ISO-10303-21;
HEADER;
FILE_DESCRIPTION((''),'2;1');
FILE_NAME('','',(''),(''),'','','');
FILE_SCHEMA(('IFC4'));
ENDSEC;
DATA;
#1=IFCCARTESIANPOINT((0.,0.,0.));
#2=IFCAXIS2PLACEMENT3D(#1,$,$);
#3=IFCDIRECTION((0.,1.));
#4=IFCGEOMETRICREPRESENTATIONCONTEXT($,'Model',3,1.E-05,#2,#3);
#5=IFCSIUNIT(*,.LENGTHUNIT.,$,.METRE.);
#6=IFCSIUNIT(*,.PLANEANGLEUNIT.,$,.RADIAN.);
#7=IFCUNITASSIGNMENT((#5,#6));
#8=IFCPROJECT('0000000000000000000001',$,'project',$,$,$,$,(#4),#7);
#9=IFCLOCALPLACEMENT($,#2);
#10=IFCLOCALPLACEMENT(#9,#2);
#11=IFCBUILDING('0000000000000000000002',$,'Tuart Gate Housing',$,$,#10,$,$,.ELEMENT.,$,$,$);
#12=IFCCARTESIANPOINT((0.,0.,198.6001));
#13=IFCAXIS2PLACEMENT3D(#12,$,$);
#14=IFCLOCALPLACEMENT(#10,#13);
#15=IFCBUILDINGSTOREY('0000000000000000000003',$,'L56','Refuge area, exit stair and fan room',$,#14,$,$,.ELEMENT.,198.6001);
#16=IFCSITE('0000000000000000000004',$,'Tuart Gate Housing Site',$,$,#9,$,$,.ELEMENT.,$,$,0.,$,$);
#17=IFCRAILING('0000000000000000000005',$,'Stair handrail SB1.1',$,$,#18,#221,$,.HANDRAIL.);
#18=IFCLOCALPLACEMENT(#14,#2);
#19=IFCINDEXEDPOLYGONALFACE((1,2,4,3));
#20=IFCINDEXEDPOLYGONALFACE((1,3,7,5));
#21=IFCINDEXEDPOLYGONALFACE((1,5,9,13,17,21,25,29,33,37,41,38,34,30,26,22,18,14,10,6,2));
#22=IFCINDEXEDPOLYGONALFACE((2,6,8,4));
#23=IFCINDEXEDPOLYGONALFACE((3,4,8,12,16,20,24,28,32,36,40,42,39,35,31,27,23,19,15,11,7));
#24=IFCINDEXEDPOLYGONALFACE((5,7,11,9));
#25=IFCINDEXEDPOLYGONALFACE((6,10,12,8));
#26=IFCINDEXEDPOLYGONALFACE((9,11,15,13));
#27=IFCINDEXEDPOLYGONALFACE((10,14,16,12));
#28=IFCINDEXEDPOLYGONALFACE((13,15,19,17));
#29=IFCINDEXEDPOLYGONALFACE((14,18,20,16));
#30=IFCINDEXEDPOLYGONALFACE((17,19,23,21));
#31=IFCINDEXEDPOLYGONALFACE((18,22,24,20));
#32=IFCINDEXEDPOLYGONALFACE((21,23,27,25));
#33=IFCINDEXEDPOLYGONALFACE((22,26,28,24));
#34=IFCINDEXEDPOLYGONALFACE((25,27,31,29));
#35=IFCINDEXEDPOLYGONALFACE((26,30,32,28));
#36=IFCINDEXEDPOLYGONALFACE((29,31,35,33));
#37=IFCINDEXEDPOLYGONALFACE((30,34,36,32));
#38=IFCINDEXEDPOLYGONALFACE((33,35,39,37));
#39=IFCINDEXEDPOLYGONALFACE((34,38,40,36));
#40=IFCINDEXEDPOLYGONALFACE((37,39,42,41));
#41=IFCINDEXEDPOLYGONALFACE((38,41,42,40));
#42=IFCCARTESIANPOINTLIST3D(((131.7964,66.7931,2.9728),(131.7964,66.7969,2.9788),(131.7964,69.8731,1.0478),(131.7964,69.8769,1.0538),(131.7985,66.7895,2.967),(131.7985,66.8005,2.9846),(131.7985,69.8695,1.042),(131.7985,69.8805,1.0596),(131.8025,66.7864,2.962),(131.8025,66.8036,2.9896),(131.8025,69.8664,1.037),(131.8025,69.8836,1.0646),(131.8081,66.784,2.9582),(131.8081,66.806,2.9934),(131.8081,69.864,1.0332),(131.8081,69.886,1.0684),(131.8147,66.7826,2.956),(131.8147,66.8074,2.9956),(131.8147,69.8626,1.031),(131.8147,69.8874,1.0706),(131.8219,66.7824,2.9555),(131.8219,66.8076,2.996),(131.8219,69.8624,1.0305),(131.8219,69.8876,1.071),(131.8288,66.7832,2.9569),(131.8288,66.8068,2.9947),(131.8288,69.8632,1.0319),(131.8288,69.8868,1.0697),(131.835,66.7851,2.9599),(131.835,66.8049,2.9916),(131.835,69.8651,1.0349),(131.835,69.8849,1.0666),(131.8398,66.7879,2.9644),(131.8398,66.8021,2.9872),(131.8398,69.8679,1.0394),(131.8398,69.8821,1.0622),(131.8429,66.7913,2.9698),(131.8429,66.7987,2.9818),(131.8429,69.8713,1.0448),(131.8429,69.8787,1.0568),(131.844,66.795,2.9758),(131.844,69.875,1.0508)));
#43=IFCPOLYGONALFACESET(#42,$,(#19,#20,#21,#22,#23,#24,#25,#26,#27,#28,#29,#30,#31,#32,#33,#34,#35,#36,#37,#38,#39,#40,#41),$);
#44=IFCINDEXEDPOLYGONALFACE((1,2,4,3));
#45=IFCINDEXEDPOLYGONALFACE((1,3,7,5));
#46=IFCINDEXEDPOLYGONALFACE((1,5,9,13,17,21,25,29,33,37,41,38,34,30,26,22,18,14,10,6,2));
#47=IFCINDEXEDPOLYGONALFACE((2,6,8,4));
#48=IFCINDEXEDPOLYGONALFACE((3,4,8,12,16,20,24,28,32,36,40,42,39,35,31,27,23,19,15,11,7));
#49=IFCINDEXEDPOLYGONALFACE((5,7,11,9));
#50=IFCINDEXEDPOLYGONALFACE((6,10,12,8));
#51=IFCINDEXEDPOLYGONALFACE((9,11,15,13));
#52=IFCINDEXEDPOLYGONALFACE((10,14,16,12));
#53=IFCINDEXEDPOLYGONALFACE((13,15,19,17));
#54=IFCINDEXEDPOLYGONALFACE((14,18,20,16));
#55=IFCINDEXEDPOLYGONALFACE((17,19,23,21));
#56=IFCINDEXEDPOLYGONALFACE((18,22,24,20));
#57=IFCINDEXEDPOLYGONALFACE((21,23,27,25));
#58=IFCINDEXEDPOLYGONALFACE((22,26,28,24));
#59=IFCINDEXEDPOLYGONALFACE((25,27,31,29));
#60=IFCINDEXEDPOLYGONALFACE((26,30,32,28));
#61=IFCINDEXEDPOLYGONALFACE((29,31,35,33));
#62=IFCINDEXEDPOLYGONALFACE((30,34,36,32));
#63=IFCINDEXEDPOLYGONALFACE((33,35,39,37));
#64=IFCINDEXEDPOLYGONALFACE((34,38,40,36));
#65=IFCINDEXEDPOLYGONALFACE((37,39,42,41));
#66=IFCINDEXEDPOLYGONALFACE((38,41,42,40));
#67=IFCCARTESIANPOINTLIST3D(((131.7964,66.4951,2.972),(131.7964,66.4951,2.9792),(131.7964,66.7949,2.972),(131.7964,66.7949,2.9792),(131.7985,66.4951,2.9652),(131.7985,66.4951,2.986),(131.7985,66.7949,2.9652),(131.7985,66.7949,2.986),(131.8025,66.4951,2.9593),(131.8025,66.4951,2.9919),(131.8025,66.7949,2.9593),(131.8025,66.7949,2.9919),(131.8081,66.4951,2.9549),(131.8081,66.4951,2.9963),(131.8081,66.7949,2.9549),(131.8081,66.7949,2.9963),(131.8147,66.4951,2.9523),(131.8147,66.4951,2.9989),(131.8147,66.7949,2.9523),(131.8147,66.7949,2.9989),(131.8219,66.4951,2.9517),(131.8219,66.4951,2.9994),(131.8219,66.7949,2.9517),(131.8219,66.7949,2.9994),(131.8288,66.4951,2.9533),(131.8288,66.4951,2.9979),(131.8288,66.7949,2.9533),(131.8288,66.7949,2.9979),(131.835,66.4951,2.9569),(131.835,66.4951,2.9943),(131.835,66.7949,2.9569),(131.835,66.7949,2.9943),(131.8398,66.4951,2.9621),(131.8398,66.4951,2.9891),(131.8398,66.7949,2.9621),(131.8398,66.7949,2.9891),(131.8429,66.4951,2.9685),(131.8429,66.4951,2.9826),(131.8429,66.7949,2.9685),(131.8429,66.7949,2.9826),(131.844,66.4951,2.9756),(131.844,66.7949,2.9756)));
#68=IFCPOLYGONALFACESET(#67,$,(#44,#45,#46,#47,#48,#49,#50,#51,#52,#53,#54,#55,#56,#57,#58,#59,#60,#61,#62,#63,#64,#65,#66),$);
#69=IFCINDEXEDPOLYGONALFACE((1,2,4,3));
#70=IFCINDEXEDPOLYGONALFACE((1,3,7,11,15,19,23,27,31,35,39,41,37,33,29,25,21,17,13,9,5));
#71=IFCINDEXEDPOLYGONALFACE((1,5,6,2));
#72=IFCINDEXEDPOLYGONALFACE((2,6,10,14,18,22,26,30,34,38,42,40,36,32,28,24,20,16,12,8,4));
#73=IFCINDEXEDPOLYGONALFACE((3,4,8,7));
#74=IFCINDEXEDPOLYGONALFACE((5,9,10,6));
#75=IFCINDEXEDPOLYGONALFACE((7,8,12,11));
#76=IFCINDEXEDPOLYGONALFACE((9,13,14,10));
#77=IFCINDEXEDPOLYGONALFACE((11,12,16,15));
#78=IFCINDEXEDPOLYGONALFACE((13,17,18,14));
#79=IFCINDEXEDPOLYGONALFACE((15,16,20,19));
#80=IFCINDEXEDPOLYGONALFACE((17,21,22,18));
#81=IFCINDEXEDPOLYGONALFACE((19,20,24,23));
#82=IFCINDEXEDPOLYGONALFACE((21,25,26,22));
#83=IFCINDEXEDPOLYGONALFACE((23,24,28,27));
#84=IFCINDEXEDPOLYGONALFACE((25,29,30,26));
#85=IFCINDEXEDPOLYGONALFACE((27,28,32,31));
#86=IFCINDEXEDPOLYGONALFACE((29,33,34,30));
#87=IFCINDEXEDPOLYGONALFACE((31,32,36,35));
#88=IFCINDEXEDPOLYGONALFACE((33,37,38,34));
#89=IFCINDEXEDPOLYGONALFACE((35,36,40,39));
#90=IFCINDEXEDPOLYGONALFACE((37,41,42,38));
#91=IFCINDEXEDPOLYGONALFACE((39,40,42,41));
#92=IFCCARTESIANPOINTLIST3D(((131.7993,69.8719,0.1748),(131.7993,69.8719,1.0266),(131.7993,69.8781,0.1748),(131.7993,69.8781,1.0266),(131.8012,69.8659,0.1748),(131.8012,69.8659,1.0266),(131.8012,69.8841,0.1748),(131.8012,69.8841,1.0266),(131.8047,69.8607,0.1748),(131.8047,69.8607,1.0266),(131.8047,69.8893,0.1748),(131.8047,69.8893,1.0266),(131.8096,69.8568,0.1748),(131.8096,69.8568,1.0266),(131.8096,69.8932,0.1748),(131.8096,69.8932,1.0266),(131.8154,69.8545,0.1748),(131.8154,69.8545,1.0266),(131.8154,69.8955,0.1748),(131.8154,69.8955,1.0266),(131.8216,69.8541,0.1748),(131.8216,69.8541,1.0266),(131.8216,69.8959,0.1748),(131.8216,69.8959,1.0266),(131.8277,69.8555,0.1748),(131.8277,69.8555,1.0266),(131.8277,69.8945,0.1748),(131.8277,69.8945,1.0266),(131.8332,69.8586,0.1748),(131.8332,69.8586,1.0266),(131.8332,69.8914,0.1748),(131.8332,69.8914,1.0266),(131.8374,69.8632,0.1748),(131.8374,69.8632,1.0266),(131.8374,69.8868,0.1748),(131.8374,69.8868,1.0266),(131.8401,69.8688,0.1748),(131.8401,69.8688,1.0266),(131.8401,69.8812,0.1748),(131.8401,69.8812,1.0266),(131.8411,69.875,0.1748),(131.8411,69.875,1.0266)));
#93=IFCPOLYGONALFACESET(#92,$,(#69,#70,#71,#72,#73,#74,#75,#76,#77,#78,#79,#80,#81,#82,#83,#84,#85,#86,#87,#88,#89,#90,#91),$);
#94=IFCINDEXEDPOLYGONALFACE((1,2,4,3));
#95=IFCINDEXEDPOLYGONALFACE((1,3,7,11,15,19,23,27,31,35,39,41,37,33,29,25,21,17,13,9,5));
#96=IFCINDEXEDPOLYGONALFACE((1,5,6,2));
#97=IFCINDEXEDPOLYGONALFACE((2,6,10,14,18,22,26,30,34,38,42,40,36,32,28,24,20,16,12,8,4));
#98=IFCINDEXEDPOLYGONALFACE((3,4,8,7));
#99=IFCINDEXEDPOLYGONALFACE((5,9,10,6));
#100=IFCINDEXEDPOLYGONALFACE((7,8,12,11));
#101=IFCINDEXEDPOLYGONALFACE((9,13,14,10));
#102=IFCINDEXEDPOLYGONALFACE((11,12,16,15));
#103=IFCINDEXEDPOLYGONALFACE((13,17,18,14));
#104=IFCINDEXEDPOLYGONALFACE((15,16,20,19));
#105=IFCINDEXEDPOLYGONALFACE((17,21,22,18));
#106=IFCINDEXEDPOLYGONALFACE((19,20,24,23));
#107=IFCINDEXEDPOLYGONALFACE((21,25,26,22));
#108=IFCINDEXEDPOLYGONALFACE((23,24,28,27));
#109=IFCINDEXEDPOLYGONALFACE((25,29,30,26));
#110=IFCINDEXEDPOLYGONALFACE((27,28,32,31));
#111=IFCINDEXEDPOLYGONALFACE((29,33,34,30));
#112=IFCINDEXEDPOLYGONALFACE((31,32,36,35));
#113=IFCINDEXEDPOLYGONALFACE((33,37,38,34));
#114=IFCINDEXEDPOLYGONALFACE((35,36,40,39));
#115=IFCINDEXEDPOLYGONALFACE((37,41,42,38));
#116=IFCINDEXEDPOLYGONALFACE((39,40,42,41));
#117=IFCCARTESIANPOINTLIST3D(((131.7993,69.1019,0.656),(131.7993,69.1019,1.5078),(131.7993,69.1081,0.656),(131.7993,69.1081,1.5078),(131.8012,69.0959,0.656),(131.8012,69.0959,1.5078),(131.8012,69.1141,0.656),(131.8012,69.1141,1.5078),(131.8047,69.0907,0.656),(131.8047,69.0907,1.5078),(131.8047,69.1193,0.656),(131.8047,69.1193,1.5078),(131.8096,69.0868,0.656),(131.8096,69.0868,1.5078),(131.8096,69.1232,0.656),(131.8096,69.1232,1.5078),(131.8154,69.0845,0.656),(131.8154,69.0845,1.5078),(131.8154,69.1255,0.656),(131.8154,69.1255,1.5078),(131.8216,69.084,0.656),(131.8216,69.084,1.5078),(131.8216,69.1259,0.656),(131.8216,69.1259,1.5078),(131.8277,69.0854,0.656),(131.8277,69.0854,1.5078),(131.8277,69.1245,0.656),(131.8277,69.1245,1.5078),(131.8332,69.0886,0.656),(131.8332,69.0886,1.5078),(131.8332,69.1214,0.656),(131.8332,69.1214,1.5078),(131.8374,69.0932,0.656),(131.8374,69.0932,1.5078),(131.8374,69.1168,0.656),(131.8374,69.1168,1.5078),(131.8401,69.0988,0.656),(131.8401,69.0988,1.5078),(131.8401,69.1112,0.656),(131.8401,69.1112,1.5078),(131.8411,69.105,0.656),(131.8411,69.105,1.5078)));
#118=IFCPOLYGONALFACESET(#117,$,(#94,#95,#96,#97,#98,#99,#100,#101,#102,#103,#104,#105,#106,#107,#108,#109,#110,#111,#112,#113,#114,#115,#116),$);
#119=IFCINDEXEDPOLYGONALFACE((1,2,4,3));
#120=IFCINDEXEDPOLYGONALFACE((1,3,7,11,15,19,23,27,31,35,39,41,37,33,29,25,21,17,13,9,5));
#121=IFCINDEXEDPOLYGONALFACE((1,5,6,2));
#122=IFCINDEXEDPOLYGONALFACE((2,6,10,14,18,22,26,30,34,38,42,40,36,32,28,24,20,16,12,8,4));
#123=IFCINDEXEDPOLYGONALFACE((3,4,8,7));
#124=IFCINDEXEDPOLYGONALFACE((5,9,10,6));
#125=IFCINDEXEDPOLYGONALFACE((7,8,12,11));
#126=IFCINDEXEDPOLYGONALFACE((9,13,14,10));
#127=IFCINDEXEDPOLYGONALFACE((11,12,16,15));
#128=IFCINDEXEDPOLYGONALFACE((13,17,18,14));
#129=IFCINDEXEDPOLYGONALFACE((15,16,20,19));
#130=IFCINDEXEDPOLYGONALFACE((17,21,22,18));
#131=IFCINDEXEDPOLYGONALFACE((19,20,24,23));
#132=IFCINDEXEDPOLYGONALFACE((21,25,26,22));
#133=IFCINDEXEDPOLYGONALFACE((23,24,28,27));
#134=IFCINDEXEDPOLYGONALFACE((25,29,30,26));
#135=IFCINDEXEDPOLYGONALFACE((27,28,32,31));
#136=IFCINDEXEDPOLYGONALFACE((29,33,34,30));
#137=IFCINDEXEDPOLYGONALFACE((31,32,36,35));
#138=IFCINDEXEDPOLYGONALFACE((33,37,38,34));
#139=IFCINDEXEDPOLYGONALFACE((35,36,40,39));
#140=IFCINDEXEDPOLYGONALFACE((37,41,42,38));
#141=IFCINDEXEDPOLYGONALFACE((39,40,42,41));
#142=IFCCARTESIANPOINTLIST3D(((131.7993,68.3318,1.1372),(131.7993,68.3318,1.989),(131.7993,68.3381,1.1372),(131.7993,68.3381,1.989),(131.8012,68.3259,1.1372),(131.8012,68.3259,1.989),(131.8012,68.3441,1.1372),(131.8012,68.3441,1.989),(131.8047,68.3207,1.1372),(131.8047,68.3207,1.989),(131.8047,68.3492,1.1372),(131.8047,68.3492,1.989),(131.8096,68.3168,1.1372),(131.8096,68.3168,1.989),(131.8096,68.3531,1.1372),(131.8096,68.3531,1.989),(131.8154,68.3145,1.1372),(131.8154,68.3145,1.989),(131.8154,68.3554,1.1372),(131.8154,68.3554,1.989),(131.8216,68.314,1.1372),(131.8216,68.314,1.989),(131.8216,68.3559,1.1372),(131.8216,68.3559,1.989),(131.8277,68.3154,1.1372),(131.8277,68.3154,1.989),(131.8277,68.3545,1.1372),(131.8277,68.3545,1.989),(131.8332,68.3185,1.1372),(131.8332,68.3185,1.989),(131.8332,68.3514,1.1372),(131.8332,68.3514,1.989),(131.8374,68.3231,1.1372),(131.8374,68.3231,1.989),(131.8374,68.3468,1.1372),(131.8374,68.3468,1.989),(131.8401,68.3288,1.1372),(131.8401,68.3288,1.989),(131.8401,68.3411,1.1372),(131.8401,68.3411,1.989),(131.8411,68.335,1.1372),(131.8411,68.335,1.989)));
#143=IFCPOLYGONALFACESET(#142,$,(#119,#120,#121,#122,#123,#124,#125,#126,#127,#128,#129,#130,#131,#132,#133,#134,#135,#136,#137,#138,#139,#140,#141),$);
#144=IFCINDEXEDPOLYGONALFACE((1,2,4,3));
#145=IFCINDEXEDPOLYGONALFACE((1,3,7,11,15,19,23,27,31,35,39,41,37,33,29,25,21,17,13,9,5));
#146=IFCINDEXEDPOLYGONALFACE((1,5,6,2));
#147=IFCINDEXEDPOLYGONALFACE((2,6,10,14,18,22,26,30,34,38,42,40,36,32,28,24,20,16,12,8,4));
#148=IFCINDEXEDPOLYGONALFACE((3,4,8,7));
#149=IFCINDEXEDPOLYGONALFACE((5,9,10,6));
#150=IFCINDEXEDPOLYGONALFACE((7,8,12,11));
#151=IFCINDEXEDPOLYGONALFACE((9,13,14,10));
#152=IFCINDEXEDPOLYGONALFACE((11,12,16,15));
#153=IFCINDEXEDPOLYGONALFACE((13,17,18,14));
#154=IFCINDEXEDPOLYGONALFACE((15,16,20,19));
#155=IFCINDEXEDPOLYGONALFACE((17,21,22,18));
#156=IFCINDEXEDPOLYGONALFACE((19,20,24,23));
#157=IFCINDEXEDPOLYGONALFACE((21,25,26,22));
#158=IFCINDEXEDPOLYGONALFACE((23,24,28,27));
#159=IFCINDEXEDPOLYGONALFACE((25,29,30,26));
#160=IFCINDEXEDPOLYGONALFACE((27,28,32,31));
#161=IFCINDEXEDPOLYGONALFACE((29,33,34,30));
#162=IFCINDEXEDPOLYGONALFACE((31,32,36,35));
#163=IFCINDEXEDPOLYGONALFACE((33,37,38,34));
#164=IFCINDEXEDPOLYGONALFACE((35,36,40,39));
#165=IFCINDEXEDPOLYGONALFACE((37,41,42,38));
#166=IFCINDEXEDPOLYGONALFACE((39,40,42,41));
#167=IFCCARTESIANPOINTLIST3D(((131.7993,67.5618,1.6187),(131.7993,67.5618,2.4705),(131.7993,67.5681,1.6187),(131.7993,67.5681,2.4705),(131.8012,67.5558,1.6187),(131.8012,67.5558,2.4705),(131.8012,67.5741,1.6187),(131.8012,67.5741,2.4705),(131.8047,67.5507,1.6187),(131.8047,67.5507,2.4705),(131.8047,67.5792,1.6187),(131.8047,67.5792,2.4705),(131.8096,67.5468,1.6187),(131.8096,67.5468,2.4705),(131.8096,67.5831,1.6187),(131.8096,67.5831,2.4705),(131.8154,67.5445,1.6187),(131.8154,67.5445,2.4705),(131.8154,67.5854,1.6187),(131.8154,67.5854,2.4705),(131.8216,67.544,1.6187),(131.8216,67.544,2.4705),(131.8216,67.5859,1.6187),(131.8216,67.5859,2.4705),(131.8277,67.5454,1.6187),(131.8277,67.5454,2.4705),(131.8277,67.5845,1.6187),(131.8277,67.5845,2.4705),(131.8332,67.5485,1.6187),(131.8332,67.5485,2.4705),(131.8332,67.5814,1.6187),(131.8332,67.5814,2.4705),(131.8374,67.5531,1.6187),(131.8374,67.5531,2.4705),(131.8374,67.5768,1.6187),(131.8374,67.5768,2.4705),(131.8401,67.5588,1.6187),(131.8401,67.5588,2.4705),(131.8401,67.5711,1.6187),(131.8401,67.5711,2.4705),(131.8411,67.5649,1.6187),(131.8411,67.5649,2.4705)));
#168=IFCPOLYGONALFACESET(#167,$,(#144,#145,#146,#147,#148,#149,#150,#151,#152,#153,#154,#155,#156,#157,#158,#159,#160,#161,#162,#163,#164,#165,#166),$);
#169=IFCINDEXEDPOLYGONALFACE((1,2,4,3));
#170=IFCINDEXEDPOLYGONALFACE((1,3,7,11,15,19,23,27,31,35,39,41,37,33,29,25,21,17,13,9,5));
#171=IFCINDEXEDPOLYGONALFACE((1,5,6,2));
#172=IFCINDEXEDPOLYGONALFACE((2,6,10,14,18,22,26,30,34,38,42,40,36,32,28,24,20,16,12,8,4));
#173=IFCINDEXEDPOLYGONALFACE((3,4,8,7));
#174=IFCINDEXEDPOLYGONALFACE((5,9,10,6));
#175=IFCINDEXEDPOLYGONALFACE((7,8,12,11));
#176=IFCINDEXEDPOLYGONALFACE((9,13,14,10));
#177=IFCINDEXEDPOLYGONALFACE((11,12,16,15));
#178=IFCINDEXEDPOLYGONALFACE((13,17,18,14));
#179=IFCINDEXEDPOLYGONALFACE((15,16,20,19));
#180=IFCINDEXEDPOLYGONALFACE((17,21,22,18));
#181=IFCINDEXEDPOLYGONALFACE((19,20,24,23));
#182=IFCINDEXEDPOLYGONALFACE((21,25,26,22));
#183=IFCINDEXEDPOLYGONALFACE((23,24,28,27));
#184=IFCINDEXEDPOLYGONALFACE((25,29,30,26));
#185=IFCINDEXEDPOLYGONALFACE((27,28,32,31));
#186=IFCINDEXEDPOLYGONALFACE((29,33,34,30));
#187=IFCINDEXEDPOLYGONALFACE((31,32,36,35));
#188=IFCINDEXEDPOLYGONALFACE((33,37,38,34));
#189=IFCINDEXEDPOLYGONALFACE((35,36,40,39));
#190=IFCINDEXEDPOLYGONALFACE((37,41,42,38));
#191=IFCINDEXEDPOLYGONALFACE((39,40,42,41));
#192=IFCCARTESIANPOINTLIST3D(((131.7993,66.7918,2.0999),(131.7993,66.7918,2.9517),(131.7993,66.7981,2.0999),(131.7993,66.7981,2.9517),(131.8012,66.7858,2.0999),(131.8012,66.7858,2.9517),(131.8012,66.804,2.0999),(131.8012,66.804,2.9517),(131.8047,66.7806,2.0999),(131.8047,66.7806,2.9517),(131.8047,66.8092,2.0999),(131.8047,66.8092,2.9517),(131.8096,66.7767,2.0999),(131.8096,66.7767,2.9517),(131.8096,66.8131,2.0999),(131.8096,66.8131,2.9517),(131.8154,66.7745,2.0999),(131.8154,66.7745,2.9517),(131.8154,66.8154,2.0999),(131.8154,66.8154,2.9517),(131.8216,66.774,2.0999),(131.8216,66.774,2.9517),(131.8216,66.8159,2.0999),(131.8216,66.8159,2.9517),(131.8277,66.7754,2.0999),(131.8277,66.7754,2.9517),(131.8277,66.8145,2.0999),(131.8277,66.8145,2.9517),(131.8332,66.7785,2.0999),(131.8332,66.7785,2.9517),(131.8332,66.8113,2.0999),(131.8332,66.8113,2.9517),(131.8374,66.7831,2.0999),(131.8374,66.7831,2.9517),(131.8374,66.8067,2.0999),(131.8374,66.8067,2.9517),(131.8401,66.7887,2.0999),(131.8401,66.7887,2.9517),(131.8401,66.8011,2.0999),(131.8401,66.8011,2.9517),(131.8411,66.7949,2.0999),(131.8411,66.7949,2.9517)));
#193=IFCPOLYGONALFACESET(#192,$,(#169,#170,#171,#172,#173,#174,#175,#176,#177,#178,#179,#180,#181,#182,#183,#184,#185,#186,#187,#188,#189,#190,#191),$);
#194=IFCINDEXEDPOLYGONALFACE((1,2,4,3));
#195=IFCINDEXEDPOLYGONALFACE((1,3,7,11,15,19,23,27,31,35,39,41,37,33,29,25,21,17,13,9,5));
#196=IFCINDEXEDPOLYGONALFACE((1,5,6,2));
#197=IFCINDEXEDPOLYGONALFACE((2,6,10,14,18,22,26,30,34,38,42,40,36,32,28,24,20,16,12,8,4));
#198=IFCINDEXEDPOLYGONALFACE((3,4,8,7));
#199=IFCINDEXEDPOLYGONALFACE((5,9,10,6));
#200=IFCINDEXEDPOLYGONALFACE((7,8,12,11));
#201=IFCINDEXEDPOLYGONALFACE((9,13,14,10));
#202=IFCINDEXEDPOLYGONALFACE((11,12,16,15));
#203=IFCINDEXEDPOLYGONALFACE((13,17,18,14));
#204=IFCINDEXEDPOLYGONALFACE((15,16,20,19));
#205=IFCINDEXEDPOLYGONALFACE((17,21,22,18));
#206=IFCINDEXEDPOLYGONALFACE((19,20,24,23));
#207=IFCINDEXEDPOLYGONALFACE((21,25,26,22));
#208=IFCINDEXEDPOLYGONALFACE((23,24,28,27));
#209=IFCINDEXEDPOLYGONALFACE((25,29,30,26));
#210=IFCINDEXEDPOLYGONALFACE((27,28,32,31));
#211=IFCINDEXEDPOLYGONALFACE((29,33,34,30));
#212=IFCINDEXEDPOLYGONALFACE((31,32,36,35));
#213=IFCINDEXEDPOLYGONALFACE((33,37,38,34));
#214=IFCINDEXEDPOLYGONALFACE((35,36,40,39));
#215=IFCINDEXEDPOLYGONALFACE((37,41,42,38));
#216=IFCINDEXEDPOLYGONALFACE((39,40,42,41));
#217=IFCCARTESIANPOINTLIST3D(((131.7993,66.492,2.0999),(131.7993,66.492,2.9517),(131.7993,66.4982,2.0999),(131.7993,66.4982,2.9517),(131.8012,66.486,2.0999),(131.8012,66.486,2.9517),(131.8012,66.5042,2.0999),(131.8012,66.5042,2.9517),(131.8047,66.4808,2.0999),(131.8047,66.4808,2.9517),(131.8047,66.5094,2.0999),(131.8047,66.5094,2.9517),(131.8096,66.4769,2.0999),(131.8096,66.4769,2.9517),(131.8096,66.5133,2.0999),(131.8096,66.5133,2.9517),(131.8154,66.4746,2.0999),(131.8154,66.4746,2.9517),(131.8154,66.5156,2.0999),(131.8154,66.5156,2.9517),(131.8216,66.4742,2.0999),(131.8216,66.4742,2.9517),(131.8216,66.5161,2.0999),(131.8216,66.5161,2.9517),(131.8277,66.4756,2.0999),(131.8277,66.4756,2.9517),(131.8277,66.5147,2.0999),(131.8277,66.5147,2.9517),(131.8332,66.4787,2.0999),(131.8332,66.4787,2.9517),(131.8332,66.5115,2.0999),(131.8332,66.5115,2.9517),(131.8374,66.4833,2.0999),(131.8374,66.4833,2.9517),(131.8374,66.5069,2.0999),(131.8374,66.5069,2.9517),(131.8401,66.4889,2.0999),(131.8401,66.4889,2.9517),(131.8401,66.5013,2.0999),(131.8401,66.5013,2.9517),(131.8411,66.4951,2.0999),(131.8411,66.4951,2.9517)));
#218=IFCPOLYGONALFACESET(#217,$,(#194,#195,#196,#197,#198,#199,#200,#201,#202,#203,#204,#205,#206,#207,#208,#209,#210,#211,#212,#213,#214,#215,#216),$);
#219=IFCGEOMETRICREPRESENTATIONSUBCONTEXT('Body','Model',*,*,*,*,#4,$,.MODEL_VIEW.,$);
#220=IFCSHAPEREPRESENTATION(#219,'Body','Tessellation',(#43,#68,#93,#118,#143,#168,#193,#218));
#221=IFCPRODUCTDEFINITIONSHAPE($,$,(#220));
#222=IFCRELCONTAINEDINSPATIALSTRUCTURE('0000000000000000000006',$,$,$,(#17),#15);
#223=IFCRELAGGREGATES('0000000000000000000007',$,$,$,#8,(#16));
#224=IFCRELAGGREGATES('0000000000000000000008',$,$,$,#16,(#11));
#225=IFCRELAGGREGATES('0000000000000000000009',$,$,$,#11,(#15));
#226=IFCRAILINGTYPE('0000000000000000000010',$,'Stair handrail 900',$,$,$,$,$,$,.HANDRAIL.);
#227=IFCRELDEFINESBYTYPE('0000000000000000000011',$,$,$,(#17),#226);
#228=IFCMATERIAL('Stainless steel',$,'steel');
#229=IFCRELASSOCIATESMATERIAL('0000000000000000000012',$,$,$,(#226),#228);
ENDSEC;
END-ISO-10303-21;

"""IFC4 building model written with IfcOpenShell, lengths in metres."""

from ifc_helpers import new_model, si_unit, direction, frame, origin, origin_2d, place, context, subcontext, project, spatial, circle, extrude, material, type_object, element, save


model = new_model("IFC4")

# Units and contexts
model_context = context("Model", 3, precision=1e-05, world=origin(), true_north=direction((0.0, 1.0)))
body_context = subcontext(model_context, "Body", "Model", "MODEL_VIEW")
ifc_project = project(units=[si_unit("LENGTHUNIT", "METRE"), si_unit("PLANEANGLEUNIT", "RADIAN")], contexts=[model_context])

# Site, building, storey
site_placement = place(None, origin())
site = spatial("IfcSite", under=ifc_project, at=site_placement, Name="Tuart Gate Housing Site", CompositionType="ELEMENT", RefElevation=0.0)
building_placement = place(site_placement, origin())
building = spatial("IfcBuilding", under=site, at=building_placement, Name="Tuart Gate Housing", CompositionType="ELEMENT")
storey_placement = place(building_placement, frame((0.0, 0.0, 198.6001)))
storey = spatial("IfcBuildingStorey", under=building, at=storey_placement, Name="L56", Description="Refuge area, exit stair and fan room", CompositionType="ELEMENT", Elevation=198.6001)

# Railing
ifc_material_1 = material(Name="Stainless steel", Category="steel")
railing_type = type_object("IfcRailingType", Name="Stair handrail 900", PredefinedType="HANDRAIL", material=ifc_material_1)
railing_placement = place(storey_placement, frame((131.8201, 69.875, 0.1748)))
element("IfcRailing", 1, at=railing_placement, inside=storey, type_object=railing_type, Name="Stair handrail SB1.1", PredefinedType="HANDRAIL", context=body_context, shape_type="SweptSolid", body=[
    extrude(circle(Radius=0.0239, at=origin_2d()), frame((0.0, 0.0, 0.876), z_axis=(0.0, -0.847998, 0.529999), x_axis=(1.0, 0.0, 0.0)), (0.0, 0.0, 1.0), 3.6321),
    extrude(circle(Radius=0.0239, at=origin_2d()), frame((0.0, -3.0801, 2.8008), z_axis=(0.0, -1.0, 0.0), x_axis=(1.0, 0.0, 0.0)), (0.0, 0.0, 1.0), 0.2998),
    extrude(circle(Radius=0.021, at=origin_2d()), origin(), (0.0, 0.0, 1.0), 0.8518),
    extrude(circle(Radius=0.021, at=origin_2d()), frame((0.0, -0.77, 0.4812)), (0.0, 0.0, 1.0), 0.8518),
    extrude(circle(Radius=0.021, at=origin_2d()), frame((0.0, -1.54, 0.9624)), (0.0, 0.0, 1.0), 0.8518),
    extrude(circle(Radius=0.021, at=origin_2d()), frame((0.0, -2.3101, 1.4438)), (0.0, 0.0, 1.0), 0.8518),
    extrude(circle(Radius=0.021, at=origin_2d()), frame((0.0, -3.0801, 1.925)), (0.0, 0.0, 1.0), 0.8518),
    extrude(circle(Radius=0.021, at=origin_2d()), frame((0.0, -3.3799, 1.925)), (0.0, 0.0, 1.0), 0.8518),
])

save(model, "model.ifc")
